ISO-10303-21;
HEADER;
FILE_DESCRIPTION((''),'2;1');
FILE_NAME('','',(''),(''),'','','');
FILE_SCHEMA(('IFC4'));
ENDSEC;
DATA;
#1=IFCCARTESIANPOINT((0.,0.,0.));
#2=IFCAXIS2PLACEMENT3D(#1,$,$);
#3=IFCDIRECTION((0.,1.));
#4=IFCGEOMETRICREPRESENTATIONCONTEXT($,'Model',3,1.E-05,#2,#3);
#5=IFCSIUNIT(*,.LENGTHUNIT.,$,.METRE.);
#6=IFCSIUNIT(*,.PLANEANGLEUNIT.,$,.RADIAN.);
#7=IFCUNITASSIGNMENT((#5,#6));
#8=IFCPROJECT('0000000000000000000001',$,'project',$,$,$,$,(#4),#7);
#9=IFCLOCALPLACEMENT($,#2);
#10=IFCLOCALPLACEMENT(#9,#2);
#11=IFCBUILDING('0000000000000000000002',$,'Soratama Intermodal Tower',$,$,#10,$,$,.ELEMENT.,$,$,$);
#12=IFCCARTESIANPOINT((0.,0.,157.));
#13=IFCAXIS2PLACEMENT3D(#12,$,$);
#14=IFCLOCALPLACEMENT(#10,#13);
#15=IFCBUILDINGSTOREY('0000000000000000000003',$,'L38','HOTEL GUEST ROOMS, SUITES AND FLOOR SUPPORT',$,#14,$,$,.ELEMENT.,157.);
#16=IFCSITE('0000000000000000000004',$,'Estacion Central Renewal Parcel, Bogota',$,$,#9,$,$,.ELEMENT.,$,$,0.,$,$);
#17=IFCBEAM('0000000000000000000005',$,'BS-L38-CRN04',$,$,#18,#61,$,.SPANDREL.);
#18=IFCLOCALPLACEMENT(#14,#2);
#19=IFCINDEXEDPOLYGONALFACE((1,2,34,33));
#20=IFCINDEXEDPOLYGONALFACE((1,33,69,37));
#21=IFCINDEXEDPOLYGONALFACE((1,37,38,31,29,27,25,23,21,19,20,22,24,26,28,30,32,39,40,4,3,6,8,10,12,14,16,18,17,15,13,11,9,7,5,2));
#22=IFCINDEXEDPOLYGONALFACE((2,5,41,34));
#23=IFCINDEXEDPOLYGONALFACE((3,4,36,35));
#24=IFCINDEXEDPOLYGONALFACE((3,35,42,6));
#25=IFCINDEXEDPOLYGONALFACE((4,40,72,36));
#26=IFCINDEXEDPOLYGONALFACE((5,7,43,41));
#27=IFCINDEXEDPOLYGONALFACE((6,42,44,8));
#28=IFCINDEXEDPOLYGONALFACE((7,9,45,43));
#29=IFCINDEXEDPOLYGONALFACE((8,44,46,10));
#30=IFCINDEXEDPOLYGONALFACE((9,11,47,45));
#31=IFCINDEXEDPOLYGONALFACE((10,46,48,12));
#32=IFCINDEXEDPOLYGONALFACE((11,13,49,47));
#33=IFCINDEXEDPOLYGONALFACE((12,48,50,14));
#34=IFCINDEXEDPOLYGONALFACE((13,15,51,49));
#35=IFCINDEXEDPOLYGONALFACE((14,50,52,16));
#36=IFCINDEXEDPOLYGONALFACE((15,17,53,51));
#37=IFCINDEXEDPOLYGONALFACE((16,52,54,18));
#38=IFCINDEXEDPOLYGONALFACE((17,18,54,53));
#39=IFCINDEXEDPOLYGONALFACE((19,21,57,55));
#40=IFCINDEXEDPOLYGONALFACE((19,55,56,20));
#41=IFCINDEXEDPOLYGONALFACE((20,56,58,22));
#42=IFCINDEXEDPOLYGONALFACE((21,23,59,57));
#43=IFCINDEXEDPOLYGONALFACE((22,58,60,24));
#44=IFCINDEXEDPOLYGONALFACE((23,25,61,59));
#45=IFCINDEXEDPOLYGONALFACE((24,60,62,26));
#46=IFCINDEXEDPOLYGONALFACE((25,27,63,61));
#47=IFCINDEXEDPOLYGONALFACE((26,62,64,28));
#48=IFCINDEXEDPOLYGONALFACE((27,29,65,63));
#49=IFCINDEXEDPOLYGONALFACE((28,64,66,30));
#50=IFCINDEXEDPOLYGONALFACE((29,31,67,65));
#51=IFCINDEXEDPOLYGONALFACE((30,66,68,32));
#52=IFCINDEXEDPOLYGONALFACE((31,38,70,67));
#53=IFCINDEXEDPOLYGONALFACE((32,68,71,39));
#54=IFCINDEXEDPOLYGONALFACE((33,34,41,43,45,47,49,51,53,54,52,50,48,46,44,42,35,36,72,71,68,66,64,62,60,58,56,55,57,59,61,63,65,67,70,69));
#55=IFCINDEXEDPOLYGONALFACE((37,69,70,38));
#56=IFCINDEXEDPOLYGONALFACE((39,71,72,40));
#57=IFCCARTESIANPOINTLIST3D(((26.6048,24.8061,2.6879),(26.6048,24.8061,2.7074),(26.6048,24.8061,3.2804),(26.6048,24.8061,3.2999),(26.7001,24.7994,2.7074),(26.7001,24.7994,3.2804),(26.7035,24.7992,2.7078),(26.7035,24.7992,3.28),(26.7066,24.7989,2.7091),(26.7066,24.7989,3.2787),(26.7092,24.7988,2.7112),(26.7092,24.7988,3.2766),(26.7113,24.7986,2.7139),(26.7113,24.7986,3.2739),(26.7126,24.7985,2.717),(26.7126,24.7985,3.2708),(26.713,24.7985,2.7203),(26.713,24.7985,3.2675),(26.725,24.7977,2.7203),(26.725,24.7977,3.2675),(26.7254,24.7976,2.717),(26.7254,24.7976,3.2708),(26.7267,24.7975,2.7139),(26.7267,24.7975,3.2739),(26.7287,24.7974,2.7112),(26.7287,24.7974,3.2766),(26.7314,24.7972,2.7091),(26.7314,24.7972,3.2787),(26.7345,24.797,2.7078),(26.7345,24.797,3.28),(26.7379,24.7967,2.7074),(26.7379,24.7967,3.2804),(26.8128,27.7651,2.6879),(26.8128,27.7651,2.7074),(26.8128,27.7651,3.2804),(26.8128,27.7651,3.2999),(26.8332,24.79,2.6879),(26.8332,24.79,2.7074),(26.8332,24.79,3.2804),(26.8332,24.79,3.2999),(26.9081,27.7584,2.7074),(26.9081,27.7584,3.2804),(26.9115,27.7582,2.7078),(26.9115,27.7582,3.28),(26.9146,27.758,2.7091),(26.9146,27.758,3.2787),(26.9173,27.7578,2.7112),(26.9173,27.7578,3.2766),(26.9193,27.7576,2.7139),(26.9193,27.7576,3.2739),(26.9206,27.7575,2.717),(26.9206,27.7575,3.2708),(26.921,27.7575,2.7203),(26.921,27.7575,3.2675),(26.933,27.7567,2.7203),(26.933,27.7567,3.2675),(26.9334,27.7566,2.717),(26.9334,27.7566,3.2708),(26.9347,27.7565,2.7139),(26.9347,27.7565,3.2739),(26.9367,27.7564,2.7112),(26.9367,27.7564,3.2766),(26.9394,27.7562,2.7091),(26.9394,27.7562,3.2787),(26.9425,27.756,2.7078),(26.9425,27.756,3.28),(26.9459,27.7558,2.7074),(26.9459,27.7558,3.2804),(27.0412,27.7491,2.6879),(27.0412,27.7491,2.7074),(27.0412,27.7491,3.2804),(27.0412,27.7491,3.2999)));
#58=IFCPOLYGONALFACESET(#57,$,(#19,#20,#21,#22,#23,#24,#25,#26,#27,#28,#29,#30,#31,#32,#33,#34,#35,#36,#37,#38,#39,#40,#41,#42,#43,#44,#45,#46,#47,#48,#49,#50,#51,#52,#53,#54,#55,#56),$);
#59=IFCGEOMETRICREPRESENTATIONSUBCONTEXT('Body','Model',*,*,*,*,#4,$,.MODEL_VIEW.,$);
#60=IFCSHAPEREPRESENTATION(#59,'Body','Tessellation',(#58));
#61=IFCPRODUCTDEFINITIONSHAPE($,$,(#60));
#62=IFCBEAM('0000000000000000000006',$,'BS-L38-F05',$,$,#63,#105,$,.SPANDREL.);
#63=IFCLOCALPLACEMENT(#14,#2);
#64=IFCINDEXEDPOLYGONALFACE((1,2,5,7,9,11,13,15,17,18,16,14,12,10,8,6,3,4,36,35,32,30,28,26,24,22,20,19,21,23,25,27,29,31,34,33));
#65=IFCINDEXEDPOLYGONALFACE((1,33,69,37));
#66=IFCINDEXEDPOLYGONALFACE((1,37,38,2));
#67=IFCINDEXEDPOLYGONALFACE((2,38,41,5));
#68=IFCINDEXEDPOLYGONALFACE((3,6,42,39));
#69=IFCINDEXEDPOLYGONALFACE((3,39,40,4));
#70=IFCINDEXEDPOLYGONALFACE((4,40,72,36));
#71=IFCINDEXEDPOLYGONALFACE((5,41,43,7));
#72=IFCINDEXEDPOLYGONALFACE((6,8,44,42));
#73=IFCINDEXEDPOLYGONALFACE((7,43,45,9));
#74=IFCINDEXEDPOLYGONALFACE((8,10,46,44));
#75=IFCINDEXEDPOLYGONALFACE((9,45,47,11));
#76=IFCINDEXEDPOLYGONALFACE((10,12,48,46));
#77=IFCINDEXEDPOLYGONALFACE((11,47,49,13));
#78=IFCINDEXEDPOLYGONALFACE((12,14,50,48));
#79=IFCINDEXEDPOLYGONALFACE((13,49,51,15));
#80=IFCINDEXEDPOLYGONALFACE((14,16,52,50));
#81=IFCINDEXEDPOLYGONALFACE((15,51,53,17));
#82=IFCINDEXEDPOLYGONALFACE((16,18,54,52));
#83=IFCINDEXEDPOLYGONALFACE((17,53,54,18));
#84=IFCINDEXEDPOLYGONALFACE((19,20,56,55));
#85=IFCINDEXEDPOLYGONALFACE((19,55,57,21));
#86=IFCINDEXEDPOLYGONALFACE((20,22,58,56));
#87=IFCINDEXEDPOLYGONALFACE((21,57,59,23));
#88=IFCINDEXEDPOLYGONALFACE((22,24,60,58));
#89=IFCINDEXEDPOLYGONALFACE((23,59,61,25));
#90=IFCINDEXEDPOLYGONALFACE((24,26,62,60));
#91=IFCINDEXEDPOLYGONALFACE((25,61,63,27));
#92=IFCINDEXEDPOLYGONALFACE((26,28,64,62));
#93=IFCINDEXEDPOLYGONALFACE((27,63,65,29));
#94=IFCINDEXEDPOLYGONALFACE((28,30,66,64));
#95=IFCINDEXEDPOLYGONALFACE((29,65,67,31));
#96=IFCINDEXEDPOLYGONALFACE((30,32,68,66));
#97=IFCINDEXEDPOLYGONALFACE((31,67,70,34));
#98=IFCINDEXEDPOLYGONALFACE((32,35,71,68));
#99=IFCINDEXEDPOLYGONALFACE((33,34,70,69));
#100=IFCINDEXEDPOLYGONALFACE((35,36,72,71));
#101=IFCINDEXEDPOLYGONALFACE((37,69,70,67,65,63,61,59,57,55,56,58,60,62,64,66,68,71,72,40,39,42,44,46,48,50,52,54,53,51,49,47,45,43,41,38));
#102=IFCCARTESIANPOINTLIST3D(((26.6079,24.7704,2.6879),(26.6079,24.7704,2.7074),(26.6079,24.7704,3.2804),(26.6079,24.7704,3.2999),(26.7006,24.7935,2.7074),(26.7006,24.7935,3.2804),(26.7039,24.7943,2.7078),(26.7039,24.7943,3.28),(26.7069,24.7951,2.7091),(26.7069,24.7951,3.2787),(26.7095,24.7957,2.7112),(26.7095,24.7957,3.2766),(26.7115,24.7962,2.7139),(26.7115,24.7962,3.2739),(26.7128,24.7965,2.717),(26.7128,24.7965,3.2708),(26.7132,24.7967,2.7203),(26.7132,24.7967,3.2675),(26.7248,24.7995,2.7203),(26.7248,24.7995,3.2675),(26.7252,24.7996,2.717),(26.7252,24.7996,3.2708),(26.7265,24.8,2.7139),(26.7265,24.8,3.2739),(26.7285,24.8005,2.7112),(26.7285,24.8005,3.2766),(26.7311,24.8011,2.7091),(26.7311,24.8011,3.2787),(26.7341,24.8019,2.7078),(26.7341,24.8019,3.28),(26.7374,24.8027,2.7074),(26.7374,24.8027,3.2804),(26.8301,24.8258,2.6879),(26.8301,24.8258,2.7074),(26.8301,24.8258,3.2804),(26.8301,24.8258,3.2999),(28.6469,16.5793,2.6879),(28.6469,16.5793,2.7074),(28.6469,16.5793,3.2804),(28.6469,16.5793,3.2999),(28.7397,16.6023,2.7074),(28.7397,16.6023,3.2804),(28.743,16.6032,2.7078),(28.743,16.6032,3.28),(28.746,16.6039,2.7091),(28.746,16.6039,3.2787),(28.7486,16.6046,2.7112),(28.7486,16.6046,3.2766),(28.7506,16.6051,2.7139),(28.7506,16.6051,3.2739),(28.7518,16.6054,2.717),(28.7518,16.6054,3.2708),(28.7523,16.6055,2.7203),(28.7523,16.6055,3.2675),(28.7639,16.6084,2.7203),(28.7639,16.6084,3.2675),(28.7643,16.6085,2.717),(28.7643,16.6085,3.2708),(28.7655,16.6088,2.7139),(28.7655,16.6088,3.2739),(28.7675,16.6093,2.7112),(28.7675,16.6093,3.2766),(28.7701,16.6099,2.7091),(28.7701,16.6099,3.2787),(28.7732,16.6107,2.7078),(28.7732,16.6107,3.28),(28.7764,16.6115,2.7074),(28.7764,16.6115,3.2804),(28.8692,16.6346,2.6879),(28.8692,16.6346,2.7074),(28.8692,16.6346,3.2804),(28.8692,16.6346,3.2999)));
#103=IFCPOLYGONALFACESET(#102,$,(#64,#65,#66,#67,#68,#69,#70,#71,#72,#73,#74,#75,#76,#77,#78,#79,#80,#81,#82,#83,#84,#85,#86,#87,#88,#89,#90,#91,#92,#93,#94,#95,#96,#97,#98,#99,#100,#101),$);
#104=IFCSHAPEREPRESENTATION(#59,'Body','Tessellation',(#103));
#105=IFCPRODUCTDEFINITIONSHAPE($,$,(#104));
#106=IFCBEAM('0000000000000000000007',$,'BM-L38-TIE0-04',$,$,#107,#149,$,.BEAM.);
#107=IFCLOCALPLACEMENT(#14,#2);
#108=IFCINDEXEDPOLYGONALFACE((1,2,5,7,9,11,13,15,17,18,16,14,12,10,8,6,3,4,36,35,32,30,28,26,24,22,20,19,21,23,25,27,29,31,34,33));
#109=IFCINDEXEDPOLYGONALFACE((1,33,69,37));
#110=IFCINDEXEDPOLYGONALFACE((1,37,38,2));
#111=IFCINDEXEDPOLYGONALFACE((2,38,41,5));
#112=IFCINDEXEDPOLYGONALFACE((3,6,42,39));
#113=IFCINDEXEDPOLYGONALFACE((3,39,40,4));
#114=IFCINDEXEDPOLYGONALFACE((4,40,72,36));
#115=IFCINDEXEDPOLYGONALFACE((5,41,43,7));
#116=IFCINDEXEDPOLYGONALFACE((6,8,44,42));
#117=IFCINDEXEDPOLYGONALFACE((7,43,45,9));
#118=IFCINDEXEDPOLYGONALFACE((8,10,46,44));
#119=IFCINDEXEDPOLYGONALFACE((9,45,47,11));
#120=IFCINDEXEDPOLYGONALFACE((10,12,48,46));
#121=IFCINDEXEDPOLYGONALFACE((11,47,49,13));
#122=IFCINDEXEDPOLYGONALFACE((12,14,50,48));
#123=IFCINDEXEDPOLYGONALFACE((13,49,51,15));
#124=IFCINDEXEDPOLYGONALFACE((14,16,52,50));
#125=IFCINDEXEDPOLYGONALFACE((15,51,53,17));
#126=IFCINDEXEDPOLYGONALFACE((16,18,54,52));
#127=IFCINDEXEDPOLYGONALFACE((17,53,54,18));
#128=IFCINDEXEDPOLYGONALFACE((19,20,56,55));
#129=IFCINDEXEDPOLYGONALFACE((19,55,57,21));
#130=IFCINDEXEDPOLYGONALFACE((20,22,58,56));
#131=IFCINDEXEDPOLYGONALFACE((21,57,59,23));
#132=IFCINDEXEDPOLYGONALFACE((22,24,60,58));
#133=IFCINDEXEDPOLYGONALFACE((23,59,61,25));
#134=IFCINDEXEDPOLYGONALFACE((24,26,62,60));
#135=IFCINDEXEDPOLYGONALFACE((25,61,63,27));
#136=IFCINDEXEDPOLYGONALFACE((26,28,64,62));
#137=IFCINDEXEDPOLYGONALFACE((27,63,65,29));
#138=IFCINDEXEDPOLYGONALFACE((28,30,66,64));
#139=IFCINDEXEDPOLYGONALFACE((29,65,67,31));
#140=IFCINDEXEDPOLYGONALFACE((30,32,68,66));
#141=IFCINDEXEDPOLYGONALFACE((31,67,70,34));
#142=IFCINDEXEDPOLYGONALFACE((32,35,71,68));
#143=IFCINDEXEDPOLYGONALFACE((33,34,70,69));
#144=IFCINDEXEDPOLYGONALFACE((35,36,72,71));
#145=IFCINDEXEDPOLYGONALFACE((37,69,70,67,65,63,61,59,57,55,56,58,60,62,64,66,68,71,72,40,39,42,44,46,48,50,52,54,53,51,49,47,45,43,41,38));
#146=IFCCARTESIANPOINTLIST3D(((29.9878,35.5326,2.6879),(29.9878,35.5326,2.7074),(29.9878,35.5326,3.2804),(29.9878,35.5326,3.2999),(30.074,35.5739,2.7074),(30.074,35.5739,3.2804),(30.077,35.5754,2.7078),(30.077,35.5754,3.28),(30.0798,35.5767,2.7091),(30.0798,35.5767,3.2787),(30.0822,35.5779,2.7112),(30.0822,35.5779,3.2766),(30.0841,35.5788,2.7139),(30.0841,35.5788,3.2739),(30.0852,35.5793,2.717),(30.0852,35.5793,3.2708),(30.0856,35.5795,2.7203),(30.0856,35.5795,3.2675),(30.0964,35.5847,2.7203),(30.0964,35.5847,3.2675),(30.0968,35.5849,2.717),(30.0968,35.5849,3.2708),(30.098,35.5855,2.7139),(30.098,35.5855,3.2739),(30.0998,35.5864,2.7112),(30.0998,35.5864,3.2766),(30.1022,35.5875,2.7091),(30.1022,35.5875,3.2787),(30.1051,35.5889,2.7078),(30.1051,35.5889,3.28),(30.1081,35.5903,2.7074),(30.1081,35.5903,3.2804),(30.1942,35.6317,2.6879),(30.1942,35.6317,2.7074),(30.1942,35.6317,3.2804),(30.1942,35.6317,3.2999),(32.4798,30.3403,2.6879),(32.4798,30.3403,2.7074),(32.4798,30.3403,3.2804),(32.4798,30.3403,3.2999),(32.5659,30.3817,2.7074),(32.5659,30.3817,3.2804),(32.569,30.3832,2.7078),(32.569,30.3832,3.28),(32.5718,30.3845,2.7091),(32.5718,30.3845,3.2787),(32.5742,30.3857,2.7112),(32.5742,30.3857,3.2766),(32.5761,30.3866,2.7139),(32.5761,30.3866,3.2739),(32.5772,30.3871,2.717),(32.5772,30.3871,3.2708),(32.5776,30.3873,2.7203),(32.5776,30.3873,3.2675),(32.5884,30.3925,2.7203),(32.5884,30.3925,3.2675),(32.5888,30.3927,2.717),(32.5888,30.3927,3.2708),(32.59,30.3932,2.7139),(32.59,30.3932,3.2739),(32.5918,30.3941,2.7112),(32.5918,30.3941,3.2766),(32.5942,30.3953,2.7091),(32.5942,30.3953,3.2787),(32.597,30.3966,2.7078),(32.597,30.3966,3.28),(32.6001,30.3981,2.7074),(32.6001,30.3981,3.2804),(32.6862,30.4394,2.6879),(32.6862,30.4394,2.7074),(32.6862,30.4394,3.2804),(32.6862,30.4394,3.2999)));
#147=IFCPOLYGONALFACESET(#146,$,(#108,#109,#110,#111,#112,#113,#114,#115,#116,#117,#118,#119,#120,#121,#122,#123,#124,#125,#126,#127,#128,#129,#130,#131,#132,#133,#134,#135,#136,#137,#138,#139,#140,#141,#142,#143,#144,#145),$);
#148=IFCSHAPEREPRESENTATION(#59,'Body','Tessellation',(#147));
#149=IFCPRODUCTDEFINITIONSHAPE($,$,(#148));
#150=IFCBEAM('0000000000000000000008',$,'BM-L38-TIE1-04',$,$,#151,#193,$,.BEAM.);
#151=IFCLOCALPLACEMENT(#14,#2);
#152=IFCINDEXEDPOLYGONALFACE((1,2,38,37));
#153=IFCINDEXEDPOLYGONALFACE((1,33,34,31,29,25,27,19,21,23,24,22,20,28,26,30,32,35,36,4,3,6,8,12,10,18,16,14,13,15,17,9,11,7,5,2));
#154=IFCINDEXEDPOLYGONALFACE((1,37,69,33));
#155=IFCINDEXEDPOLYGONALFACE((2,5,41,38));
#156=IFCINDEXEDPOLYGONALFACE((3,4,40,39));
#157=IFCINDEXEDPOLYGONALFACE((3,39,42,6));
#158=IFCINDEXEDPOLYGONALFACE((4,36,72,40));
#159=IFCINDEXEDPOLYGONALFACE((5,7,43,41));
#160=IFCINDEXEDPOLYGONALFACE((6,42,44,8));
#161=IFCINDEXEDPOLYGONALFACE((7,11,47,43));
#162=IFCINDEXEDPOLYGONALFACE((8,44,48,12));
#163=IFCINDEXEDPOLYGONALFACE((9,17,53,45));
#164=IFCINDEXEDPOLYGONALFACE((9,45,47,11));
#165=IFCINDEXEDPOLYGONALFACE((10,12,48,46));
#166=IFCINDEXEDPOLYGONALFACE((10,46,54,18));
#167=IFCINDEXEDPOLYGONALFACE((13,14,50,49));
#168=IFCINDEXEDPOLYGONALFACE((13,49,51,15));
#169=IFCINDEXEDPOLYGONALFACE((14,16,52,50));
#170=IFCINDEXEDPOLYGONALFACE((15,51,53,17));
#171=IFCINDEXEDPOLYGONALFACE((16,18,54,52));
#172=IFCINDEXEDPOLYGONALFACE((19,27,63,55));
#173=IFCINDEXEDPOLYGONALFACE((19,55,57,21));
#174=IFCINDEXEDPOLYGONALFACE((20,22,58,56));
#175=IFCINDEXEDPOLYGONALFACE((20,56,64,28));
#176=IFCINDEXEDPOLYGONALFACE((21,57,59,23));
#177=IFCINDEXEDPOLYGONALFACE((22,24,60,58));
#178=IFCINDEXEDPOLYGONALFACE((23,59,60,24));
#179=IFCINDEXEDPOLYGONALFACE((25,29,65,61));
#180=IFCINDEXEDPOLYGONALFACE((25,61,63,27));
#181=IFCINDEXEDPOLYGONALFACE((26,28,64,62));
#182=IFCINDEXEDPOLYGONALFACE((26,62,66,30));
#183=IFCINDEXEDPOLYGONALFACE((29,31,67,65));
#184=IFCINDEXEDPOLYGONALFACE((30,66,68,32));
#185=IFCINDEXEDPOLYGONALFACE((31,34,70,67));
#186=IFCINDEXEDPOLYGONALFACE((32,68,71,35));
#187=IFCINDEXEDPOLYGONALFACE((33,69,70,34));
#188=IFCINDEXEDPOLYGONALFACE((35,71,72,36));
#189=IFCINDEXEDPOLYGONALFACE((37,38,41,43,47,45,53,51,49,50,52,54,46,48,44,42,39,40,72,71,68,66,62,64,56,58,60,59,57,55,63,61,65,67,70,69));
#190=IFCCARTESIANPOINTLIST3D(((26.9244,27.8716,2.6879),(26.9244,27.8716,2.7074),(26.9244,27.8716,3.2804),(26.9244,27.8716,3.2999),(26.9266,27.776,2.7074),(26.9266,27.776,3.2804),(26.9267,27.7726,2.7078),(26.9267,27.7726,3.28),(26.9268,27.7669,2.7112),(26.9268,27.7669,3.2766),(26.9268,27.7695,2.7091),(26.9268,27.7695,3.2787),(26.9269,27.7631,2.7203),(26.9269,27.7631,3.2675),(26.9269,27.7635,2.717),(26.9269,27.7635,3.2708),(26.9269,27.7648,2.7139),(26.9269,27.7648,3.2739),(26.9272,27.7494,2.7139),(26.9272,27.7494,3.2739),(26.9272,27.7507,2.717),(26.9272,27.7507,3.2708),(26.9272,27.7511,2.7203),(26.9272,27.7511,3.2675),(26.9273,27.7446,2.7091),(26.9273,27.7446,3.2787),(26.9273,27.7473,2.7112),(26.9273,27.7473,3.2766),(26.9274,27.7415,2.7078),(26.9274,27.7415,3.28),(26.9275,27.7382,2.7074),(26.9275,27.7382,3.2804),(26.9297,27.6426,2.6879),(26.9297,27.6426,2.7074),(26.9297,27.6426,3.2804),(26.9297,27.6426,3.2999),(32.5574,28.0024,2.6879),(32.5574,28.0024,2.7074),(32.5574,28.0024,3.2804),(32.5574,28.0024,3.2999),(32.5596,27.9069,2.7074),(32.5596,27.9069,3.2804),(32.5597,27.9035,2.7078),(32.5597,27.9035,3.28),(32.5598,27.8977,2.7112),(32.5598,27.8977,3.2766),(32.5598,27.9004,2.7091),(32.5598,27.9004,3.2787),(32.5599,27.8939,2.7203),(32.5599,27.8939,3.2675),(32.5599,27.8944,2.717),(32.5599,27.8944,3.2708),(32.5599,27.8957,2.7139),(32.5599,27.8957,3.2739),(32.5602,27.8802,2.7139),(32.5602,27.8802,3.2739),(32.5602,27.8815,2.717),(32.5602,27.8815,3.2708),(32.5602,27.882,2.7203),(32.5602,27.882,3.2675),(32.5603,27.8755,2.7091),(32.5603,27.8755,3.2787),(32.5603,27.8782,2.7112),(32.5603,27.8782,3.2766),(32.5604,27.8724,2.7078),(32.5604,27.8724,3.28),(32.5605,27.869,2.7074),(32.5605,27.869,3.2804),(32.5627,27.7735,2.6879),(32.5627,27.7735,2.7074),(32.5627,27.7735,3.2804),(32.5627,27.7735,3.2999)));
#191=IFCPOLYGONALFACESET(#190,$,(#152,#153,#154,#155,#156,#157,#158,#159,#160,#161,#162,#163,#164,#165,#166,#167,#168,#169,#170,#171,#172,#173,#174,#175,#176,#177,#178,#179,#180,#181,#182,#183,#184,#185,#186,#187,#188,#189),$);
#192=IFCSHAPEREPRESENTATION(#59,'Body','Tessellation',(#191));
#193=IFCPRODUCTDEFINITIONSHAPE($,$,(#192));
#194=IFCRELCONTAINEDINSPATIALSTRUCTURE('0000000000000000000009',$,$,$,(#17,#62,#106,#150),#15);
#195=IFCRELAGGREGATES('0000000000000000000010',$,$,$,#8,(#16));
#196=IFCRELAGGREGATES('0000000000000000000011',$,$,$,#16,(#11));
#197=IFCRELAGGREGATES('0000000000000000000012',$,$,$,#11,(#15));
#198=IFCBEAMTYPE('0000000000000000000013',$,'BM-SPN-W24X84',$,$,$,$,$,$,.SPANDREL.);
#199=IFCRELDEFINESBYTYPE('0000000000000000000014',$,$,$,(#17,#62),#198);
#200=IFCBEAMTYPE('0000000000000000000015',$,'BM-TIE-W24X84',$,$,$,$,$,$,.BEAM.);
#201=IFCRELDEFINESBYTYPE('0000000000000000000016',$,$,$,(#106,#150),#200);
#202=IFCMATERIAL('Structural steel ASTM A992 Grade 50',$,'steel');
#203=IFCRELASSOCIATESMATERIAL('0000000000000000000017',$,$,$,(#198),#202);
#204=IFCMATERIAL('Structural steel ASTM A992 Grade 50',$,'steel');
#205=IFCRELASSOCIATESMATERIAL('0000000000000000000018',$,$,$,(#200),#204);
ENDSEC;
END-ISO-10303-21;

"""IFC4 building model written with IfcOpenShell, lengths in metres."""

from ifc_helpers import new_model, si_unit, direction, frame, origin, origin_2d, place, context, subcontext, project, spatial, i_section, extrude, material, material_profile, profile_set, type_object, element, save


model = new_model("IFC4")

# Units and contexts
model_context = context("Model", 3, precision=1e-05, world=origin(), true_north=direction((0.0, 1.0)))
body_context = subcontext(model_context, "Body", "Model", "MODEL_VIEW")
ifc_project = project(units=[si_unit("LENGTHUNIT", "METRE"), si_unit("PLANEANGLEUNIT", "RADIAN")], contexts=[model_context])

# Site, building, storey
site_placement = place(None, origin())
site = spatial("IfcSite", under=ifc_project, at=site_placement, Name="Estacion Central Renewal Parcel, Bogota", CompositionType="ELEMENT", RefElevation=0.0)
building_placement = place(site_placement, origin())
building = spatial("IfcBuilding", under=site, at=building_placement, Name="Soratama Intermodal Tower", CompositionType="ELEMENT")
storey_placement = place(building_placement, frame((0.0, 0.0, 157.0)))
storey = spatial("IfcBuildingStorey", under=building, at=storey_placement, Name="L38", Description="HOTEL GUEST ROOMS, SUITES AND FLOOR SUPPORT", CompositionType="ELEMENT", Elevation=157.0)

# Beams
ifc_material_1 = material(Name="Structural steel ASTM A992 Grade 50", Category="steel")
ifc_material_profile_1 = material_profile(ifc_material_1, i_section(OverallWidth=0.229, OverallDepth=0.6121, WebThickness=0.012, FlangeThickness=0.0195, FilletRadius=0.0129, at=origin_2d()), Name="W24X84")
ifc_profile_set_1 = profile_set([ifc_material_profile_1], Name="Structural steel ASTM A992 Grade 50")
beam_type_1 = type_object("IfcBeamType", Name="BM-SPN-W24X84", PredefinedType="SPANDREL", material=ifc_profile_set_1)
beam_1_placement = place(storey_placement, frame((26.927, 27.7571, 2.9939), z_axis=(-0.070124, -0.997538, 0.0), x_axis=(0.997538, -0.070124, 0.0)))
element("IfcBeam", 1, at=beam_1_placement, inside=storey, type_object=beam_type_1, Name="BS-L38-CRN04", PredefinedType="SPANDREL", context=body_context, shape_type="SweptSolid", body=[
    extrude(i_section(OverallWidth=0.229, OverallDepth=0.6121, WebThickness=0.012, FlangeThickness=0.0195, FilletRadius=0.0129, at=origin_2d()), origin(), (0.0, 0.0, 1.0), 2.9663),
])
beam_2_placement = place(storey_placement, frame((26.719, 24.7981, 2.9939), z_axis=(0.241562, -0.970385, 0.0), x_axis=(0.970385, 0.241562, 0.0)))
element("IfcBeam", 2, at=beam_2_placement, inside=storey, type_object=beam_type_1, Name="BS-L38-F05", PredefinedType="SPANDREL", context=body_context, shape_type="SweptSolid", body=[
    extrude(i_section(OverallWidth=0.229, OverallDepth=0.6121, WebThickness=0.012, FlangeThickness=0.0195, FilletRadius=0.0129, at=origin_2d()), origin(), (0.0, 0.0, 1.0), 8.4412),
])
ifc_material_2 = material(Name="Structural steel ASTM A992 Grade 50", Category="steel")
ifc_material_profile_2 = material_profile(ifc_material_2, i_section(OverallWidth=0.229, OverallDepth=0.6121, WebThickness=0.012, FlangeThickness=0.0195, FilletRadius=0.0129, at=origin_2d()), Name="W24X84")
ifc_profile_set_2 = profile_set([ifc_material_profile_2], Name="Structural steel ASTM A992 Grade 50")
beam_type_2 = type_object("IfcBeamType", Name="BM-TIE-W24X84", PredefinedType="BEAM", material=ifc_profile_set_2)
beam_3_placement = place(storey_placement, frame((32.583, 30.3899, 2.9939), z_axis=(-0.432691, 0.901542, 0.0), x_axis=(-0.901542, -0.432691, 0.0)))
element("IfcBeam", 3, at=beam_3_placement, inside=storey, type_object=beam_type_2, Name="BM-L38-TIE0-04", PredefinedType="BEAM", context=body_context, shape_type="SweptSolid", body=[
    extrude(i_section(OverallWidth=0.229, OverallDepth=0.6121, WebThickness=0.012, FlangeThickness=0.0195, FilletRadius=0.0129, at=origin_2d()), origin(), (0.0, 0.0, 1.0), 5.7593),
])
beam_4_placement = place(storey_placement, frame((32.5601, 27.8879, 2.9939), z_axis=(-0.99973, -0.023224, 0.0), x_axis=(0.023224, -0.99973, 0.0)))
element("IfcBeam", 4, at=beam_4_placement, inside=storey, type_object=beam_type_2, Name="BM-L38-TIE1-04", PredefinedType="BEAM", context=body_context, shape_type="SweptSolid", body=[
    extrude(i_section(OverallWidth=0.229, OverallDepth=0.6121, WebThickness=0.012, FlangeThickness=0.0195, FilletRadius=0.0129, at=origin_2d()), origin(), (0.0, 0.0, 1.0), 5.6345),
])

save(model, "model.ifc")
